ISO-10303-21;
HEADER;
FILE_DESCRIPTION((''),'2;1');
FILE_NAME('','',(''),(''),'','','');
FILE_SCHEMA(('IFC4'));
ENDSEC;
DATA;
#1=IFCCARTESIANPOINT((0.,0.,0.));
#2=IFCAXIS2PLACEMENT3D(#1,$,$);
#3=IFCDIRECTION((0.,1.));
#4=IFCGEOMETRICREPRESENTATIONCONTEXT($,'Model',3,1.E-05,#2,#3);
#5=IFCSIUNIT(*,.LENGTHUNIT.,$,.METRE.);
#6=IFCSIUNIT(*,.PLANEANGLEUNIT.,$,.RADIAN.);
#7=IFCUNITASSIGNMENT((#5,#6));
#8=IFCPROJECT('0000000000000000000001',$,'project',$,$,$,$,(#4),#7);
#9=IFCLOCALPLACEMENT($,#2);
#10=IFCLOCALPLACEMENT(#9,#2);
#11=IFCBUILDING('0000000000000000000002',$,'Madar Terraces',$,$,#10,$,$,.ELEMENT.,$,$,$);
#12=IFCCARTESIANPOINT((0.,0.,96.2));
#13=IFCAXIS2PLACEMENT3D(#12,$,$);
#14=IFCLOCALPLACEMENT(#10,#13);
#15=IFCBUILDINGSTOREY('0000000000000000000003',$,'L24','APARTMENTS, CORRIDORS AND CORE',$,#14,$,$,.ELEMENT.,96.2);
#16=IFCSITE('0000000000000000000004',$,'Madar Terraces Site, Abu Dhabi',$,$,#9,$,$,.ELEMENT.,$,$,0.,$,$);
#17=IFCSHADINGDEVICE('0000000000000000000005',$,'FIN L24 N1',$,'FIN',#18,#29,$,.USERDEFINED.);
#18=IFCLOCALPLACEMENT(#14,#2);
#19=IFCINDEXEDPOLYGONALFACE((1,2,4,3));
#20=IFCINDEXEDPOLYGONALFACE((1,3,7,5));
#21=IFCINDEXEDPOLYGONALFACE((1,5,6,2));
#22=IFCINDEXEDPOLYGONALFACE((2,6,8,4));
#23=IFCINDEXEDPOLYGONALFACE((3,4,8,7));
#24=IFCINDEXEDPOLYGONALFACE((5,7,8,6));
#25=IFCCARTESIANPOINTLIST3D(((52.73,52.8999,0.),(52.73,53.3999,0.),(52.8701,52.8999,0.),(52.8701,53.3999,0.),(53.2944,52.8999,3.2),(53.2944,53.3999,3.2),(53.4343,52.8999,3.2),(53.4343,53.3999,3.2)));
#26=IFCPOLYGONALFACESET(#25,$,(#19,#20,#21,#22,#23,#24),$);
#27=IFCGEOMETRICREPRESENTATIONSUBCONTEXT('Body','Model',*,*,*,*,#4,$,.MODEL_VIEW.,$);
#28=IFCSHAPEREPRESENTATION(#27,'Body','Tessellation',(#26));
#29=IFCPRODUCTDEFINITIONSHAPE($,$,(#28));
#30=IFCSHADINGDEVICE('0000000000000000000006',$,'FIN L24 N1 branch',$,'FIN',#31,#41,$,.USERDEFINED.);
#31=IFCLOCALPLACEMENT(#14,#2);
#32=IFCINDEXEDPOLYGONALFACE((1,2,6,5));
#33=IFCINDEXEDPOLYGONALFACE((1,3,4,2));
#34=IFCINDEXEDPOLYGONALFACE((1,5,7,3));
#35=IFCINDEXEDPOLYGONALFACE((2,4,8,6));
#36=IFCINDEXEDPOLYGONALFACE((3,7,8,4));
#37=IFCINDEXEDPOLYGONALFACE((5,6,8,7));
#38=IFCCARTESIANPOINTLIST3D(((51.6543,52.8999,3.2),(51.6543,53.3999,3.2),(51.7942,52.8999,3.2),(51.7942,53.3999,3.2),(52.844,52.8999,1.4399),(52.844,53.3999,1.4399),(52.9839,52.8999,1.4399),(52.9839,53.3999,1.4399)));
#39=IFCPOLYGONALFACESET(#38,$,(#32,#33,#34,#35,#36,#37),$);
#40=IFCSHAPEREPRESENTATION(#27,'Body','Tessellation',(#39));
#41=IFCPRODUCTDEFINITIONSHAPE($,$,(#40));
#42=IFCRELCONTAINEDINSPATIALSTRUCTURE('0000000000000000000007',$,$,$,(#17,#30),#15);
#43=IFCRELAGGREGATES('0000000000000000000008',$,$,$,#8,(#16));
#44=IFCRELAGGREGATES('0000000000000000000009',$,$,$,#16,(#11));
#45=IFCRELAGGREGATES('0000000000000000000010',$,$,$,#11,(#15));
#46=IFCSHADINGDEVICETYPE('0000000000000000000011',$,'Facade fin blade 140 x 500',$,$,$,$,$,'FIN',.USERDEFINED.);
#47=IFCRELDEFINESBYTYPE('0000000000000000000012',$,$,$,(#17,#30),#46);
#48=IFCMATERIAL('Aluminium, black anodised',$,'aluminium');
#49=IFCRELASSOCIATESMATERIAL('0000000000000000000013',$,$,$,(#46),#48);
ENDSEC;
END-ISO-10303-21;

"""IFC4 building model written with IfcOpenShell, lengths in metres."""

from ifc_helpers import new_model, si_unit, direction, frame, origin, place, context, subcontext, project, spatial, polyline, outline, extrude, material, type_object, element, save


model = new_model("IFC4")

# Units and contexts
model_context = context("Model", 3, precision=1e-05, world=origin(), true_north=direction((0.0, 1.0)))
body_context = subcontext(model_context, "Body", "Model", "MODEL_VIEW")
ifc_project = project(units=[si_unit("LENGTHUNIT", "METRE"), si_unit("PLANEANGLEUNIT", "RADIAN")], contexts=[model_context])

# Site, building, storey
site_placement = place(None, origin())
site = spatial("IfcSite", under=ifc_project, at=site_placement, Name="Madar Terraces Site, Abu Dhabi", CompositionType="ELEMENT", RefElevation=0.0)
building_placement = place(site_placement, origin())
building = spatial("IfcBuilding", under=site, at=building_placement, Name="Madar Terraces", CompositionType="ELEMENT")
storey_placement = place(building_placement, frame((0.0, 0.0, 96.2)))
storey = spatial("IfcBuildingStorey", under=building, at=storey_placement, Name="L24", Description="APARTMENTS, CORRIDORS AND CORE", CompositionType="ELEMENT", Elevation=96.2)

# Shading devices
ifc_material_1 = material(Name="Aluminium, black anodised", Category="aluminium")
shading_device_type = type_object("IfcShadingDeviceType", Name="Facade fin blade 140 x 500", ElementType="FIN", PredefinedType="USERDEFINED", material=ifc_material_1)
shading_device_1_placement = place(storey_placement, frame((52.8701, 53.1499, 0.0), z_axis=(0.0, 0.0, 1.0), x_axis=(-1.0, 0.0, 0.0)))
element("IfcShadingDevice", 1, at=shading_device_1_placement, inside=storey, type_object=shading_device_type, Name="FIN L24 N1", ObjectType="FIN", PredefinedType="USERDEFINED", context=body_context, shape_type="SweptSolid", body=[
    extrude(outline(polyline([(0.0, 0.0), (0.1401, 0.0), (-0.4243, 3.2), (-0.5642, 3.2), (0.0, 0.0)])), frame((0.0, 0.25, 0.0), z_axis=(0.0, -1.0, 0.0), x_axis=(1.0, 0.0, 0.0)), (0.0, 0.0, 1.0), 0.5),
])
shading_device_2_placement = place(storey_placement, frame((52.9839, 53.1499, 1.4399), z_axis=(0.0, 0.0, 1.0), x_axis=(-1.0, 0.0, 0.0)))
element("IfcShadingDevice", 2, at=shading_device_2_placement, inside=storey, type_object=shading_device_type, Name="FIN L24 N1 branch", ObjectType="FIN", PredefinedType="USERDEFINED", context=body_context, shape_type="SweptSolid", body=[
    extrude(outline(polyline([(0.0, 0.0), (0.1399, 0.0), (1.3296, 1.76), (1.1897, 1.76), (0.0, 0.0)])), frame((0.0, 0.25, 0.0), z_axis=(0.0, -1.0, 0.0), x_axis=(1.0, 0.0, 0.0)), (0.0, 0.0, 1.0), 0.5),
])

save(model, "model.ifc")
